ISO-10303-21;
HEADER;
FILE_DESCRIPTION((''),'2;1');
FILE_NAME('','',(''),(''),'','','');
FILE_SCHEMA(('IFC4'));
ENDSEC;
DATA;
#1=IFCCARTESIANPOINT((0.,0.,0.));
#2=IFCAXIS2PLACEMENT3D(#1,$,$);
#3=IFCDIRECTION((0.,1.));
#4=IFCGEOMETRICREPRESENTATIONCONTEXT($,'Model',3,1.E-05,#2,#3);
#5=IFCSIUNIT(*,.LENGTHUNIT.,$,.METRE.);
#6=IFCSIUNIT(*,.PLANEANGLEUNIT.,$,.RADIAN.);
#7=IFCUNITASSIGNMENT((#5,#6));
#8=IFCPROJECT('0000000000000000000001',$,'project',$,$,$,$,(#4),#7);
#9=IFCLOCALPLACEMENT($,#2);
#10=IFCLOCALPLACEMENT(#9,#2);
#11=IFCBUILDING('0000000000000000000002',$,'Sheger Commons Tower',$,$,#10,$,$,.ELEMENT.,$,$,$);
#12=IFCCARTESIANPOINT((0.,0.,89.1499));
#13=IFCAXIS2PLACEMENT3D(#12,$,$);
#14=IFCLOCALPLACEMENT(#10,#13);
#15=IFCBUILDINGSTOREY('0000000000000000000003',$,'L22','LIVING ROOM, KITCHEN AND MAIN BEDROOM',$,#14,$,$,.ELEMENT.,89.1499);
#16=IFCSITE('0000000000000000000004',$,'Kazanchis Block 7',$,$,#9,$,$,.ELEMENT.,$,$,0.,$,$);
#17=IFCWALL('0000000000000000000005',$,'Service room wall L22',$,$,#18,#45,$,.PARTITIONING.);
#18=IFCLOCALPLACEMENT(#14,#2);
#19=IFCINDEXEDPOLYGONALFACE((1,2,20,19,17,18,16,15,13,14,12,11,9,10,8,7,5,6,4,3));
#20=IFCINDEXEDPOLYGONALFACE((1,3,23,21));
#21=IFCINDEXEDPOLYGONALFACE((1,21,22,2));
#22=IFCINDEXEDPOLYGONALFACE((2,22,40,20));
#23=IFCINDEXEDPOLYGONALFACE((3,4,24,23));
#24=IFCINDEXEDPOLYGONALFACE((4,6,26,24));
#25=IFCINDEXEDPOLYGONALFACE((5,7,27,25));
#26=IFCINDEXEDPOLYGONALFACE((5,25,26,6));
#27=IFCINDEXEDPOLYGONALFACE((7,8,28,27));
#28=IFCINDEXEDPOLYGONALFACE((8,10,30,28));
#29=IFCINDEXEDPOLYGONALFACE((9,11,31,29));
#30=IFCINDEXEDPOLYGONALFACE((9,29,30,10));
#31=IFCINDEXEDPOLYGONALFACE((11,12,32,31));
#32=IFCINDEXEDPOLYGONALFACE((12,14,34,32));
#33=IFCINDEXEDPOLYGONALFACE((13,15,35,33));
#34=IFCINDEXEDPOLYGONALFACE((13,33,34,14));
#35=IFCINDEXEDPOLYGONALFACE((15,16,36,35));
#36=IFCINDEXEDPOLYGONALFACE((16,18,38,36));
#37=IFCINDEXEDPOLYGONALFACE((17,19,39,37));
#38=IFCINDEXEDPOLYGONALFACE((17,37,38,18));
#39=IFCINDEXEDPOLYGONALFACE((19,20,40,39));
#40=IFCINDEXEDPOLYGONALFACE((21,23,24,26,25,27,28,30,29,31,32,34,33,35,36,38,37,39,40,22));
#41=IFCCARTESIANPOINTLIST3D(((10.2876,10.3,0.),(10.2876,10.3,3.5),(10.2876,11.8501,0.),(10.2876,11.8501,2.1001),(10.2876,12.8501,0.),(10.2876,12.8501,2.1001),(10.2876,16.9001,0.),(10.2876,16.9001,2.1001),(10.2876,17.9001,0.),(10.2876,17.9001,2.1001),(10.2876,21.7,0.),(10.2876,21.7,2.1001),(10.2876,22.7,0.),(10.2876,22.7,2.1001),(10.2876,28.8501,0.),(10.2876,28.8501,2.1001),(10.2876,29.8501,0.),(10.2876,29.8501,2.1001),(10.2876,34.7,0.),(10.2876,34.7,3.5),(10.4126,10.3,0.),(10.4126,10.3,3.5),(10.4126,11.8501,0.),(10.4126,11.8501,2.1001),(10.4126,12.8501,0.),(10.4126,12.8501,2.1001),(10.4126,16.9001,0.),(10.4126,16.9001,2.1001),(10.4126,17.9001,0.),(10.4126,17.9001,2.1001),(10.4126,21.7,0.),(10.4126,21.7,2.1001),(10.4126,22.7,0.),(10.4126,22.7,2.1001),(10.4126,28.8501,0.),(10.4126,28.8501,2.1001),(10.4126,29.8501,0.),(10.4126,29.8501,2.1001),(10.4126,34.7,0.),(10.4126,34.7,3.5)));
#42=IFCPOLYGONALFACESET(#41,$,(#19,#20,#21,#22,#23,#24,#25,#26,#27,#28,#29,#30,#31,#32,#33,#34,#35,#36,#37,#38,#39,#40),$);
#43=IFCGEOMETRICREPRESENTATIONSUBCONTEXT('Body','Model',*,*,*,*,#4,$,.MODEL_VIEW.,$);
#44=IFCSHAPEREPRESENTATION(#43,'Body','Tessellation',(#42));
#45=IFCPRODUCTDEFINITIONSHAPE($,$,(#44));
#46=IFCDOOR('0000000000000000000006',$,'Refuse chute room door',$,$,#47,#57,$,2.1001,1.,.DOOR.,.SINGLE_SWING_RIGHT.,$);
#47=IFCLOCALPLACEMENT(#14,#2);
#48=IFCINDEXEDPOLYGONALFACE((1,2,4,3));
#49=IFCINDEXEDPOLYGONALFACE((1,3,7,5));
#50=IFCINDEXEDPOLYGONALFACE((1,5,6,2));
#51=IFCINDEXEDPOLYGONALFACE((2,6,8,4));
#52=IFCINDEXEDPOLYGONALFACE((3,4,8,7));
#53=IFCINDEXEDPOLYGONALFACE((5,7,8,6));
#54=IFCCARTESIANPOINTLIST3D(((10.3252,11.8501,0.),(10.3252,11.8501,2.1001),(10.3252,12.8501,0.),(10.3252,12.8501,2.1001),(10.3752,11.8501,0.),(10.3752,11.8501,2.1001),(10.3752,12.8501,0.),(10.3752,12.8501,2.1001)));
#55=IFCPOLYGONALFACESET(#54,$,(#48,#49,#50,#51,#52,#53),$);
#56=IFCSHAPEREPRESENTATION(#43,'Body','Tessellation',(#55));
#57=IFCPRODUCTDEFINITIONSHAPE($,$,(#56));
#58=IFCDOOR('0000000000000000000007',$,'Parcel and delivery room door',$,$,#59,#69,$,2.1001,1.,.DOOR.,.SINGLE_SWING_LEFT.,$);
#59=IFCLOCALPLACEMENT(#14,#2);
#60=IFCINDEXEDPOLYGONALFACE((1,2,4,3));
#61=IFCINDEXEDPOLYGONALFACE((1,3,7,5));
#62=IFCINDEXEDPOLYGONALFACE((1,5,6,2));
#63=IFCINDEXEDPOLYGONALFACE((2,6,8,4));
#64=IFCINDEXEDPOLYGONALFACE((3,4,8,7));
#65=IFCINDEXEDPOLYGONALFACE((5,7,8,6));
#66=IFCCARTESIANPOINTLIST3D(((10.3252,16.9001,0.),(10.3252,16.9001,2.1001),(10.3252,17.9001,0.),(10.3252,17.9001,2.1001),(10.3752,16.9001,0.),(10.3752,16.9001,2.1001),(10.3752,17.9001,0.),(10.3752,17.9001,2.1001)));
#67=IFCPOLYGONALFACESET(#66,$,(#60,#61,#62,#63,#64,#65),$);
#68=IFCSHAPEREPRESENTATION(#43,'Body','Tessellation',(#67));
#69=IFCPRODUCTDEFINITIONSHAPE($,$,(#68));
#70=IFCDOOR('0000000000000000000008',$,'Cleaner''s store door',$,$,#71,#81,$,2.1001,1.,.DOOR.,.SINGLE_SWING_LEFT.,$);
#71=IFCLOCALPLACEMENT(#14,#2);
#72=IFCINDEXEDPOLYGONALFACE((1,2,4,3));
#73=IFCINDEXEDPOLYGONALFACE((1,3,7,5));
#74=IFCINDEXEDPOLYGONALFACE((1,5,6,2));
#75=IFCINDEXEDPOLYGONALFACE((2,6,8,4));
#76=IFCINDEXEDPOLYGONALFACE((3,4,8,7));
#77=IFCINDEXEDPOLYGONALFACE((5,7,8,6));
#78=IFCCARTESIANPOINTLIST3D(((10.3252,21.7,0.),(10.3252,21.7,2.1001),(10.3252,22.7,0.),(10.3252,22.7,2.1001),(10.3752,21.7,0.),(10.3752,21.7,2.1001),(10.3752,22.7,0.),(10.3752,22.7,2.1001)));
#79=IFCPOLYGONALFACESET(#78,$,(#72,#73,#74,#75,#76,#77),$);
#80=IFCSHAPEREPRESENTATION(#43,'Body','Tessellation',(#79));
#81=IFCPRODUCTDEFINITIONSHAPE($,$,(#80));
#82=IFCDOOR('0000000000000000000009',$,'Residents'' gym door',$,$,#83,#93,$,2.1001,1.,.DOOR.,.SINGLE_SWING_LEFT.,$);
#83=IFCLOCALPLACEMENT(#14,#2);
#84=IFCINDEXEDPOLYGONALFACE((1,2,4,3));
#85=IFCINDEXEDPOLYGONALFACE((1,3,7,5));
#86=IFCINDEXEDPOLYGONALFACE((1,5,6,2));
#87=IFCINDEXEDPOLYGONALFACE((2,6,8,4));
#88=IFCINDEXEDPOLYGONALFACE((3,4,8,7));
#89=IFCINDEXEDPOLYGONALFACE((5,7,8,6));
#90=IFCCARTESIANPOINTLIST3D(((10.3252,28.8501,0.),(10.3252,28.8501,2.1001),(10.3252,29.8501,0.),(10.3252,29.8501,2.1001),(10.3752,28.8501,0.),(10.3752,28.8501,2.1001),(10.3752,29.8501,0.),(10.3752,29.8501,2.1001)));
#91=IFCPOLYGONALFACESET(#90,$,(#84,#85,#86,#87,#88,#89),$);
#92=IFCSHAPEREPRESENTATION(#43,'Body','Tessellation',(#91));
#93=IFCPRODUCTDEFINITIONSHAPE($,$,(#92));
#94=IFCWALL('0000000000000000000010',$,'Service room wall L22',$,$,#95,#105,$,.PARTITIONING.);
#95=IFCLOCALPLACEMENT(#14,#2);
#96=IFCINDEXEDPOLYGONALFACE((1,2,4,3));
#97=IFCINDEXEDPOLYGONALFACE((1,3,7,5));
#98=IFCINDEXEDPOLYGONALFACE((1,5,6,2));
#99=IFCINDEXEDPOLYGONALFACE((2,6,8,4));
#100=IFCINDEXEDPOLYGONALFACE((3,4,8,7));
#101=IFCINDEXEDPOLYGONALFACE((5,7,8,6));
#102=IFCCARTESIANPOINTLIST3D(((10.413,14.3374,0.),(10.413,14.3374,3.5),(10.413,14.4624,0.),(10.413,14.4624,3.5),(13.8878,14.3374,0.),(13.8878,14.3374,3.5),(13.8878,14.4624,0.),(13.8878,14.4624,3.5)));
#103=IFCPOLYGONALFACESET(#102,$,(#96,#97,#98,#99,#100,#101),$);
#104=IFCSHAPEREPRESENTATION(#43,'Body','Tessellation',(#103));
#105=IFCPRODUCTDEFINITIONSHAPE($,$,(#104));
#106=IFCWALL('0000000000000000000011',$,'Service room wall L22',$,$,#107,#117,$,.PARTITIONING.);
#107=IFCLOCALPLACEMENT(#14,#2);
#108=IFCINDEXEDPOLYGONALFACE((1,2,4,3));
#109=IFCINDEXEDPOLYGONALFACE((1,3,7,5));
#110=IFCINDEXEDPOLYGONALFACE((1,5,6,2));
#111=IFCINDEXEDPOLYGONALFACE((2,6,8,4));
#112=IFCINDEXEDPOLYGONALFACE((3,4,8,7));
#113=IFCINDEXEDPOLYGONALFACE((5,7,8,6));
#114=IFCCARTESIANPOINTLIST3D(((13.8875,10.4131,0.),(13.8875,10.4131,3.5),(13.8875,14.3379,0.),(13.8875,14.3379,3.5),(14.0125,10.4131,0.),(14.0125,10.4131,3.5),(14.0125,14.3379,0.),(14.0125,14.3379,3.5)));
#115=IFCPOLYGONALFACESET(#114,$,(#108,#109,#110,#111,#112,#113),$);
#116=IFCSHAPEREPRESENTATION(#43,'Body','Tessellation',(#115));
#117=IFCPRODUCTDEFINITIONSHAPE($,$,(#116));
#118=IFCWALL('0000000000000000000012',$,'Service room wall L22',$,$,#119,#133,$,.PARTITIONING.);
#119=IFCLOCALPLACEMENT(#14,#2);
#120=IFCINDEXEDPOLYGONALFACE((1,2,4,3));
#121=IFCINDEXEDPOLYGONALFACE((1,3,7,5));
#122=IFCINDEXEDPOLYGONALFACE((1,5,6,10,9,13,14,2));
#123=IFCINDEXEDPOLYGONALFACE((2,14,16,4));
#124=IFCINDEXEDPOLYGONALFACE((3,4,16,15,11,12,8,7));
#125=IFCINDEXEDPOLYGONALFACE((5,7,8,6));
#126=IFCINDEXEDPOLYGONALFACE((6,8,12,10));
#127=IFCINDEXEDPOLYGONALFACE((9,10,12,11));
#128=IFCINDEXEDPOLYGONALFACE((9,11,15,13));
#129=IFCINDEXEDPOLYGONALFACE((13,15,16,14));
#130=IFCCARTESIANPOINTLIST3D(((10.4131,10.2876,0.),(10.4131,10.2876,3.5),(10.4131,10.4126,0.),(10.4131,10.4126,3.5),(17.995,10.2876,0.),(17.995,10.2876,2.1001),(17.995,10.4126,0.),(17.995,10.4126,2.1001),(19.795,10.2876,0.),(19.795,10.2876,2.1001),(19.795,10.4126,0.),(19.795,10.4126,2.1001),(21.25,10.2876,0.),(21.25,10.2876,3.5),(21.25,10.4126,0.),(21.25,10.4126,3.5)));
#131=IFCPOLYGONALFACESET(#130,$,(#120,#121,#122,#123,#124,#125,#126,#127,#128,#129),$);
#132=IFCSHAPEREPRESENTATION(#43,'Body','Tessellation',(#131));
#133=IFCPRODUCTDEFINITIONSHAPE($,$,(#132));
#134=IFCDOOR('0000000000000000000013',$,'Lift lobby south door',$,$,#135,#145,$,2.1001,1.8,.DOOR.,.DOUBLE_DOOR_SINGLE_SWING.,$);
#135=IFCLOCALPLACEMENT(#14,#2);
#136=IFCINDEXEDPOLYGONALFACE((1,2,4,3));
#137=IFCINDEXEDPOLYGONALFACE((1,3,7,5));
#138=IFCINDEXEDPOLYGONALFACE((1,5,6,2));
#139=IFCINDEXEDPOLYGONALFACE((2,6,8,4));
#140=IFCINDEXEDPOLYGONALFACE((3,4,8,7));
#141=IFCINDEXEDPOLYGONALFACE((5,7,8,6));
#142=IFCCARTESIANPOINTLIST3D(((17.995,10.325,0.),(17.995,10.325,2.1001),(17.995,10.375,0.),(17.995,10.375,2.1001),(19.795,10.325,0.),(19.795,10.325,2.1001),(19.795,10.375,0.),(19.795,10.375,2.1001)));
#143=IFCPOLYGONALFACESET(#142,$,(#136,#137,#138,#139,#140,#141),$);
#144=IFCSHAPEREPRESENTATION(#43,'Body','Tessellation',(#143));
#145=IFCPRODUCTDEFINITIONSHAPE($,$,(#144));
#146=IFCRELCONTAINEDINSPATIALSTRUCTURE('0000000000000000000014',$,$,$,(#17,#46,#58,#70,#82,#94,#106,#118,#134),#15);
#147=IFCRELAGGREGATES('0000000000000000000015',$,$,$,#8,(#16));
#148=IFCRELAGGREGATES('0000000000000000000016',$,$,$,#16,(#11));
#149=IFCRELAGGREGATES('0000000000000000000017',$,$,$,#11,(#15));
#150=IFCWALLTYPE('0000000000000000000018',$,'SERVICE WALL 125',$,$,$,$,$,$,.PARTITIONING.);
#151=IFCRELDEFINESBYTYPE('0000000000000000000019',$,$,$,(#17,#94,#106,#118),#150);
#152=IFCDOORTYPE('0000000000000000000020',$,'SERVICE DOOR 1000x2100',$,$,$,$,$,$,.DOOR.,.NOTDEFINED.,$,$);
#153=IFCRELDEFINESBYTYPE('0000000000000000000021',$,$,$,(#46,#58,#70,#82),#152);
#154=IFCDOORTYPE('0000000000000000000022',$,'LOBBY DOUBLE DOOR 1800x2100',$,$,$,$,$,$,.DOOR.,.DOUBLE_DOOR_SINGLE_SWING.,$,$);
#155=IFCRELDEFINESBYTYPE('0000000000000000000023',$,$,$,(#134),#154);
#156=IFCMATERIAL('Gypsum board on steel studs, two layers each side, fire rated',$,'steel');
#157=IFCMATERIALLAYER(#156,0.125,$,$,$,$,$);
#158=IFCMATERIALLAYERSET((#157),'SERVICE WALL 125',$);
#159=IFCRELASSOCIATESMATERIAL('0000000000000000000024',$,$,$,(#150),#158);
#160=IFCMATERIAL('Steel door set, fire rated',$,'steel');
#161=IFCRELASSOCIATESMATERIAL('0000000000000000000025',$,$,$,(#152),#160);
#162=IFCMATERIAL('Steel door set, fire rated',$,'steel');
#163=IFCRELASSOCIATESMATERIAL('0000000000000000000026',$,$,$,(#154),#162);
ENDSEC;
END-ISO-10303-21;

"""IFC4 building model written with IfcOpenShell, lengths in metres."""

from ifc_helpers import new_model, si_unit, direction, frame, frame_2d, origin, place, context, subcontext, project, spatial, rectangle, extrude, material, layer, layer_set, type_object, element, fill, save


model = new_model("IFC4")

# Units and contexts
model_context = context("Model", 3, precision=1e-05, world=origin(), true_north=direction((0.0, 1.0)))
body_context = subcontext(model_context, "Body", "Model", "MODEL_VIEW")
ifc_project = project(units=[si_unit("LENGTHUNIT", "METRE"), si_unit("PLANEANGLEUNIT", "RADIAN")], contexts=[model_context])

# Site, building, storey
site_placement = place(None, origin())
site = spatial("IfcSite", under=ifc_project, at=site_placement, Name="Kazanchis Block 7", CompositionType="ELEMENT", RefElevation=0.0)
building_placement = place(site_placement, origin())
building = spatial("IfcBuilding", under=site, at=building_placement, Name="Sheger Commons Tower", CompositionType="ELEMENT")
storey_placement = place(building_placement, frame((0.0, 0.0, 89.1499)))
storey = spatial("IfcBuildingStorey", under=building, at=storey_placement, Name="L22", Description="LIVING ROOM, KITCHEN AND MAIN BEDROOM", CompositionType="ELEMENT", Elevation=89.1499)

# Wall, openings, doors
ifc_material_1 = material(Name="Gypsum board on steel studs, two layers each side, fire rated", Category="steel")
ifc_layer_1 = layer(ifc_material_1, 0.125)
ifc_layer_set_1 = layer_set([ifc_layer_1], Name="SERVICE WALL 125")
wall_type_1 = type_object("IfcWallType", Name="SERVICE WALL 125", PredefinedType="PARTITIONING", material=ifc_layer_set_1)
wall_1_placement = place(storey_placement, frame((10.3501, 10.3, 0.0), z_axis=(0.0, 0.0, 1.0), x_axis=(0.0, 1.0, 0.0)))
wall_1 = element("IfcWall", 1, at=wall_1_placement, inside=storey, type_object=wall_type_1, Name="Service room wall L22", PredefinedType="PARTITIONING", context=body_context, shape_type="SweptSolid", body=[
    extrude(rectangle(XDim=24.3999, YDim=0.125, at=frame_2d((12.2, 0.0))), origin(), (0.0, 0.0, 1.0), 3.5),
])
opening_1_placement = place(wall_1_placement, frame((1.55, 0.0, 0.0)))
opening_1 = element("IfcOpeningElement", 2, at=opening_1_placement, cuts=wall_1, PredefinedType="OPENING", context=body_context, shape_type="SweptSolid", body=[
    extrude(rectangle(XDim=1.0, YDim=2.1001, at=frame_2d((0.5, 1.05))), frame((0.0, 0.0725, 0.0), z_axis=(0.0, -1.0, 0.0), x_axis=(1.0, 0.0, 0.0)), (0.0, 0.0, 1.0), 0.145),
])
opening_2_placement = place(wall_1_placement, frame((6.6001, 0.0, 0.0)))
opening_2 = element("IfcOpeningElement", 3, at=opening_2_placement, cuts=wall_1, PredefinedType="OPENING", context=body_context, shape_type="SweptSolid", body=[
    extrude(rectangle(XDim=1.0, YDim=2.1001, at=frame_2d((0.5, 1.05))), frame((0.0, 0.0725, 0.0), z_axis=(0.0, -1.0, 0.0), x_axis=(1.0, 0.0, 0.0)), (0.0, 0.0, 1.0), 0.145),
])
opening_3_placement = place(wall_1_placement, frame((11.3999, 0.0, 0.0)))
opening_3 = element("IfcOpeningElement", 4, at=opening_3_placement, cuts=wall_1, PredefinedType="OPENING", context=body_context, shape_type="SweptSolid", body=[
    extrude(rectangle(XDim=1.0, YDim=2.1001, at=frame_2d((0.5, 1.05))), frame((0.0, 0.0725, 0.0), z_axis=(0.0, -1.0, 0.0), x_axis=(1.0, 0.0, 0.0)), (0.0, 0.0, 1.0), 0.145),
])
opening_4_placement = place(wall_1_placement, frame((18.55, 0.0, 0.0)))
opening_4 = element("IfcOpeningElement", 5, at=opening_4_placement, cuts=wall_1, PredefinedType="OPENING", context=body_context, shape_type="SweptSolid", body=[
    extrude(rectangle(XDim=1.0, YDim=2.1001, at=frame_2d((0.5, 1.05))), frame((0.0, 0.0725, 0.0), z_axis=(0.0, -1.0, 0.0), x_axis=(1.0, 0.0, 0.0)), (0.0, 0.0, 1.0), 0.145),
])
ifc_material_2 = material(Name="Steel door set, fire rated", Category="steel")
door_type_1 = type_object("IfcDoorType", Name="SERVICE DOOR 1000x2100", OperationType="NOTDEFINED", PredefinedType="DOOR", material=ifc_material_2)
door_1_placement = place(opening_1_placement, origin())
door_1 = element("IfcDoor", 6, at=door_1_placement, inside=storey, type_object=door_type_1, Name="Refuse chute room door", OperationType="SINGLE_SWING_RIGHT", OverallHeight=2.1001, OverallWidth=1.0, PredefinedType="DOOR", context=body_context, shape_type="SweptSolid", body=[
    extrude(rectangle(XDim=1.0, YDim=2.1001, at=frame_2d((0.5, 1.05))), frame((0.0, 0.0249, 0.0), z_axis=(0.0, -1.0, 0.0), x_axis=(1.0, 0.0, 0.0)), (0.0, 0.0, 1.0), 0.05),
])
fill(opening_1, door_1)
door_2_placement = place(opening_2_placement, origin())
door_2 = element("IfcDoor", 7, at=door_2_placement, inside=storey, type_object=door_type_1, Name="Parcel and delivery room door", OperationType="SINGLE_SWING_LEFT", OverallHeight=2.1001, OverallWidth=1.0, PredefinedType="DOOR", context=body_context, shape_type="SweptSolid", body=[
    extrude(rectangle(XDim=1.0, YDim=2.1001, at=frame_2d((0.5, 1.05))), frame((0.0, 0.0249, 0.0), z_axis=(0.0, -1.0, 0.0), x_axis=(1.0, 0.0, 0.0)), (0.0, 0.0, 1.0), 0.05),
])
fill(opening_2, door_2)
door_3_placement = place(opening_3_placement, origin())
door_3 = element("IfcDoor", 8, at=door_3_placement, inside=storey, type_object=door_type_1, Name="Cleaner's store door", OperationType="SINGLE_SWING_LEFT", OverallHeight=2.1001, OverallWidth=1.0, PredefinedType="DOOR", context=body_context, shape_type="SweptSolid", body=[
    extrude(rectangle(XDim=1.0, YDim=2.1001, at=frame_2d((0.5, 1.05))), frame((0.0, 0.0249, 0.0), z_axis=(0.0, -1.0, 0.0), x_axis=(1.0, 0.0, 0.0)), (0.0, 0.0, 1.0), 0.05),
])
fill(opening_3, door_3)
door_4_placement = place(opening_4_placement, origin())
door_4 = element("IfcDoor", 9, at=door_4_placement, inside=storey, type_object=door_type_1, Name="Residents' gym door", OperationType="SINGLE_SWING_LEFT", OverallHeight=2.1001, OverallWidth=1.0, PredefinedType="DOOR", context=body_context, shape_type="SweptSolid", body=[
    extrude(rectangle(XDim=1.0, YDim=2.1001, at=frame_2d((0.5, 1.05))), frame((0.0, 0.0249, 0.0), z_axis=(0.0, -1.0, 0.0), x_axis=(1.0, 0.0, 0.0)), (0.0, 0.0, 1.0), 0.05),
])
fill(opening_4, door_4)

# Walls
wall_2_placement = place(storey_placement, frame((10.4131, 14.3999, 0.0), z_axis=(0.0, 0.0, 1.0), x_axis=(1.0, 0.0, 0.0)))
element("IfcWall", 10, at=wall_2_placement, inside=storey, type_object=wall_type_1, Name="Service room wall L22", PredefinedType="PARTITIONING", context=body_context, shape_type="SweptSolid", body=[
    extrude(rectangle(XDim=3.4749, YDim=0.125, at=frame_2d((1.7373, 0.0))), origin(), (0.0, 0.0, 1.0), 3.5),
])
wall_3_placement = place(storey_placement, frame((13.95, 10.4131, 0.0), z_axis=(0.0, 0.0, 1.0), x_axis=(0.0, 1.0, 0.0)))
element("IfcWall", 11, at=wall_3_placement, inside=storey, type_object=wall_type_1, Name="Service room wall L22", PredefinedType="PARTITIONING", context=body_context, shape_type="SweptSolid", body=[
    extrude(rectangle(XDim=3.9248, YDim=0.125, at=frame_2d((1.9624, 0.0))), origin(), (0.0, 0.0, 1.0), 3.5),
])

# Wall, opening, door
wall_4_placement = place(storey_placement, frame((10.4131, 10.3501, 0.0), z_axis=(0.0, 0.0, 1.0), x_axis=(1.0, 0.0, 0.0)))
wall_4 = element("IfcWall", 12, at=wall_4_placement, inside=storey, type_object=wall_type_1, Name="Service room wall L22", PredefinedType="PARTITIONING", context=body_context, shape_type="SweptSolid", body=[
    extrude(rectangle(XDim=10.8369, YDim=0.125, at=frame_2d((5.4185, 0.0))), origin(), (0.0, 0.0, 1.0), 3.5),
])
opening_5_placement = place(wall_4_placement, frame((7.582, 0.0, 0.0)))
opening_5 = element("IfcOpeningElement", 13, at=opening_5_placement, cuts=wall_4, PredefinedType="OPENING", context=body_context, shape_type="SweptSolid", body=[
    extrude(rectangle(XDim=1.8, YDim=2.1001, at=frame_2d((0.8999, 1.05))), frame((0.0, 0.0725, 0.0), z_axis=(0.0, -1.0, 0.0), x_axis=(1.0, 0.0, 0.0)), (0.0, 0.0, 1.0), 0.145),
])
ifc_material_3 = material(Name="Steel door set, fire rated", Category="steel")
door_type_2 = type_object("IfcDoorType", Name="LOBBY DOUBLE DOOR 1800x2100", OperationType="DOUBLE_DOOR_SINGLE_SWING", PredefinedType="DOOR", material=ifc_material_3)
door_5_placement = place(opening_5_placement, origin())
door_5 = element("IfcDoor", 14, at=door_5_placement, inside=storey, type_object=door_type_2, Name="Lift lobby south door", OperationType="DOUBLE_DOOR_SINGLE_SWING", OverallHeight=2.1001, OverallWidth=1.8, PredefinedType="DOOR", context=body_context, shape_type="SweptSolid", body=[
    extrude(rectangle(XDim=1.8, YDim=2.1001, at=frame_2d((0.8999, 1.05))), frame((0.0, 0.0249, 0.0), z_axis=(0.0, -1.0, 0.0), x_axis=(1.0, 0.0, 0.0)), (0.0, 0.0, 1.0), 0.05),
])
fill(opening_5, door_5)

save(model, "model.ifc")
